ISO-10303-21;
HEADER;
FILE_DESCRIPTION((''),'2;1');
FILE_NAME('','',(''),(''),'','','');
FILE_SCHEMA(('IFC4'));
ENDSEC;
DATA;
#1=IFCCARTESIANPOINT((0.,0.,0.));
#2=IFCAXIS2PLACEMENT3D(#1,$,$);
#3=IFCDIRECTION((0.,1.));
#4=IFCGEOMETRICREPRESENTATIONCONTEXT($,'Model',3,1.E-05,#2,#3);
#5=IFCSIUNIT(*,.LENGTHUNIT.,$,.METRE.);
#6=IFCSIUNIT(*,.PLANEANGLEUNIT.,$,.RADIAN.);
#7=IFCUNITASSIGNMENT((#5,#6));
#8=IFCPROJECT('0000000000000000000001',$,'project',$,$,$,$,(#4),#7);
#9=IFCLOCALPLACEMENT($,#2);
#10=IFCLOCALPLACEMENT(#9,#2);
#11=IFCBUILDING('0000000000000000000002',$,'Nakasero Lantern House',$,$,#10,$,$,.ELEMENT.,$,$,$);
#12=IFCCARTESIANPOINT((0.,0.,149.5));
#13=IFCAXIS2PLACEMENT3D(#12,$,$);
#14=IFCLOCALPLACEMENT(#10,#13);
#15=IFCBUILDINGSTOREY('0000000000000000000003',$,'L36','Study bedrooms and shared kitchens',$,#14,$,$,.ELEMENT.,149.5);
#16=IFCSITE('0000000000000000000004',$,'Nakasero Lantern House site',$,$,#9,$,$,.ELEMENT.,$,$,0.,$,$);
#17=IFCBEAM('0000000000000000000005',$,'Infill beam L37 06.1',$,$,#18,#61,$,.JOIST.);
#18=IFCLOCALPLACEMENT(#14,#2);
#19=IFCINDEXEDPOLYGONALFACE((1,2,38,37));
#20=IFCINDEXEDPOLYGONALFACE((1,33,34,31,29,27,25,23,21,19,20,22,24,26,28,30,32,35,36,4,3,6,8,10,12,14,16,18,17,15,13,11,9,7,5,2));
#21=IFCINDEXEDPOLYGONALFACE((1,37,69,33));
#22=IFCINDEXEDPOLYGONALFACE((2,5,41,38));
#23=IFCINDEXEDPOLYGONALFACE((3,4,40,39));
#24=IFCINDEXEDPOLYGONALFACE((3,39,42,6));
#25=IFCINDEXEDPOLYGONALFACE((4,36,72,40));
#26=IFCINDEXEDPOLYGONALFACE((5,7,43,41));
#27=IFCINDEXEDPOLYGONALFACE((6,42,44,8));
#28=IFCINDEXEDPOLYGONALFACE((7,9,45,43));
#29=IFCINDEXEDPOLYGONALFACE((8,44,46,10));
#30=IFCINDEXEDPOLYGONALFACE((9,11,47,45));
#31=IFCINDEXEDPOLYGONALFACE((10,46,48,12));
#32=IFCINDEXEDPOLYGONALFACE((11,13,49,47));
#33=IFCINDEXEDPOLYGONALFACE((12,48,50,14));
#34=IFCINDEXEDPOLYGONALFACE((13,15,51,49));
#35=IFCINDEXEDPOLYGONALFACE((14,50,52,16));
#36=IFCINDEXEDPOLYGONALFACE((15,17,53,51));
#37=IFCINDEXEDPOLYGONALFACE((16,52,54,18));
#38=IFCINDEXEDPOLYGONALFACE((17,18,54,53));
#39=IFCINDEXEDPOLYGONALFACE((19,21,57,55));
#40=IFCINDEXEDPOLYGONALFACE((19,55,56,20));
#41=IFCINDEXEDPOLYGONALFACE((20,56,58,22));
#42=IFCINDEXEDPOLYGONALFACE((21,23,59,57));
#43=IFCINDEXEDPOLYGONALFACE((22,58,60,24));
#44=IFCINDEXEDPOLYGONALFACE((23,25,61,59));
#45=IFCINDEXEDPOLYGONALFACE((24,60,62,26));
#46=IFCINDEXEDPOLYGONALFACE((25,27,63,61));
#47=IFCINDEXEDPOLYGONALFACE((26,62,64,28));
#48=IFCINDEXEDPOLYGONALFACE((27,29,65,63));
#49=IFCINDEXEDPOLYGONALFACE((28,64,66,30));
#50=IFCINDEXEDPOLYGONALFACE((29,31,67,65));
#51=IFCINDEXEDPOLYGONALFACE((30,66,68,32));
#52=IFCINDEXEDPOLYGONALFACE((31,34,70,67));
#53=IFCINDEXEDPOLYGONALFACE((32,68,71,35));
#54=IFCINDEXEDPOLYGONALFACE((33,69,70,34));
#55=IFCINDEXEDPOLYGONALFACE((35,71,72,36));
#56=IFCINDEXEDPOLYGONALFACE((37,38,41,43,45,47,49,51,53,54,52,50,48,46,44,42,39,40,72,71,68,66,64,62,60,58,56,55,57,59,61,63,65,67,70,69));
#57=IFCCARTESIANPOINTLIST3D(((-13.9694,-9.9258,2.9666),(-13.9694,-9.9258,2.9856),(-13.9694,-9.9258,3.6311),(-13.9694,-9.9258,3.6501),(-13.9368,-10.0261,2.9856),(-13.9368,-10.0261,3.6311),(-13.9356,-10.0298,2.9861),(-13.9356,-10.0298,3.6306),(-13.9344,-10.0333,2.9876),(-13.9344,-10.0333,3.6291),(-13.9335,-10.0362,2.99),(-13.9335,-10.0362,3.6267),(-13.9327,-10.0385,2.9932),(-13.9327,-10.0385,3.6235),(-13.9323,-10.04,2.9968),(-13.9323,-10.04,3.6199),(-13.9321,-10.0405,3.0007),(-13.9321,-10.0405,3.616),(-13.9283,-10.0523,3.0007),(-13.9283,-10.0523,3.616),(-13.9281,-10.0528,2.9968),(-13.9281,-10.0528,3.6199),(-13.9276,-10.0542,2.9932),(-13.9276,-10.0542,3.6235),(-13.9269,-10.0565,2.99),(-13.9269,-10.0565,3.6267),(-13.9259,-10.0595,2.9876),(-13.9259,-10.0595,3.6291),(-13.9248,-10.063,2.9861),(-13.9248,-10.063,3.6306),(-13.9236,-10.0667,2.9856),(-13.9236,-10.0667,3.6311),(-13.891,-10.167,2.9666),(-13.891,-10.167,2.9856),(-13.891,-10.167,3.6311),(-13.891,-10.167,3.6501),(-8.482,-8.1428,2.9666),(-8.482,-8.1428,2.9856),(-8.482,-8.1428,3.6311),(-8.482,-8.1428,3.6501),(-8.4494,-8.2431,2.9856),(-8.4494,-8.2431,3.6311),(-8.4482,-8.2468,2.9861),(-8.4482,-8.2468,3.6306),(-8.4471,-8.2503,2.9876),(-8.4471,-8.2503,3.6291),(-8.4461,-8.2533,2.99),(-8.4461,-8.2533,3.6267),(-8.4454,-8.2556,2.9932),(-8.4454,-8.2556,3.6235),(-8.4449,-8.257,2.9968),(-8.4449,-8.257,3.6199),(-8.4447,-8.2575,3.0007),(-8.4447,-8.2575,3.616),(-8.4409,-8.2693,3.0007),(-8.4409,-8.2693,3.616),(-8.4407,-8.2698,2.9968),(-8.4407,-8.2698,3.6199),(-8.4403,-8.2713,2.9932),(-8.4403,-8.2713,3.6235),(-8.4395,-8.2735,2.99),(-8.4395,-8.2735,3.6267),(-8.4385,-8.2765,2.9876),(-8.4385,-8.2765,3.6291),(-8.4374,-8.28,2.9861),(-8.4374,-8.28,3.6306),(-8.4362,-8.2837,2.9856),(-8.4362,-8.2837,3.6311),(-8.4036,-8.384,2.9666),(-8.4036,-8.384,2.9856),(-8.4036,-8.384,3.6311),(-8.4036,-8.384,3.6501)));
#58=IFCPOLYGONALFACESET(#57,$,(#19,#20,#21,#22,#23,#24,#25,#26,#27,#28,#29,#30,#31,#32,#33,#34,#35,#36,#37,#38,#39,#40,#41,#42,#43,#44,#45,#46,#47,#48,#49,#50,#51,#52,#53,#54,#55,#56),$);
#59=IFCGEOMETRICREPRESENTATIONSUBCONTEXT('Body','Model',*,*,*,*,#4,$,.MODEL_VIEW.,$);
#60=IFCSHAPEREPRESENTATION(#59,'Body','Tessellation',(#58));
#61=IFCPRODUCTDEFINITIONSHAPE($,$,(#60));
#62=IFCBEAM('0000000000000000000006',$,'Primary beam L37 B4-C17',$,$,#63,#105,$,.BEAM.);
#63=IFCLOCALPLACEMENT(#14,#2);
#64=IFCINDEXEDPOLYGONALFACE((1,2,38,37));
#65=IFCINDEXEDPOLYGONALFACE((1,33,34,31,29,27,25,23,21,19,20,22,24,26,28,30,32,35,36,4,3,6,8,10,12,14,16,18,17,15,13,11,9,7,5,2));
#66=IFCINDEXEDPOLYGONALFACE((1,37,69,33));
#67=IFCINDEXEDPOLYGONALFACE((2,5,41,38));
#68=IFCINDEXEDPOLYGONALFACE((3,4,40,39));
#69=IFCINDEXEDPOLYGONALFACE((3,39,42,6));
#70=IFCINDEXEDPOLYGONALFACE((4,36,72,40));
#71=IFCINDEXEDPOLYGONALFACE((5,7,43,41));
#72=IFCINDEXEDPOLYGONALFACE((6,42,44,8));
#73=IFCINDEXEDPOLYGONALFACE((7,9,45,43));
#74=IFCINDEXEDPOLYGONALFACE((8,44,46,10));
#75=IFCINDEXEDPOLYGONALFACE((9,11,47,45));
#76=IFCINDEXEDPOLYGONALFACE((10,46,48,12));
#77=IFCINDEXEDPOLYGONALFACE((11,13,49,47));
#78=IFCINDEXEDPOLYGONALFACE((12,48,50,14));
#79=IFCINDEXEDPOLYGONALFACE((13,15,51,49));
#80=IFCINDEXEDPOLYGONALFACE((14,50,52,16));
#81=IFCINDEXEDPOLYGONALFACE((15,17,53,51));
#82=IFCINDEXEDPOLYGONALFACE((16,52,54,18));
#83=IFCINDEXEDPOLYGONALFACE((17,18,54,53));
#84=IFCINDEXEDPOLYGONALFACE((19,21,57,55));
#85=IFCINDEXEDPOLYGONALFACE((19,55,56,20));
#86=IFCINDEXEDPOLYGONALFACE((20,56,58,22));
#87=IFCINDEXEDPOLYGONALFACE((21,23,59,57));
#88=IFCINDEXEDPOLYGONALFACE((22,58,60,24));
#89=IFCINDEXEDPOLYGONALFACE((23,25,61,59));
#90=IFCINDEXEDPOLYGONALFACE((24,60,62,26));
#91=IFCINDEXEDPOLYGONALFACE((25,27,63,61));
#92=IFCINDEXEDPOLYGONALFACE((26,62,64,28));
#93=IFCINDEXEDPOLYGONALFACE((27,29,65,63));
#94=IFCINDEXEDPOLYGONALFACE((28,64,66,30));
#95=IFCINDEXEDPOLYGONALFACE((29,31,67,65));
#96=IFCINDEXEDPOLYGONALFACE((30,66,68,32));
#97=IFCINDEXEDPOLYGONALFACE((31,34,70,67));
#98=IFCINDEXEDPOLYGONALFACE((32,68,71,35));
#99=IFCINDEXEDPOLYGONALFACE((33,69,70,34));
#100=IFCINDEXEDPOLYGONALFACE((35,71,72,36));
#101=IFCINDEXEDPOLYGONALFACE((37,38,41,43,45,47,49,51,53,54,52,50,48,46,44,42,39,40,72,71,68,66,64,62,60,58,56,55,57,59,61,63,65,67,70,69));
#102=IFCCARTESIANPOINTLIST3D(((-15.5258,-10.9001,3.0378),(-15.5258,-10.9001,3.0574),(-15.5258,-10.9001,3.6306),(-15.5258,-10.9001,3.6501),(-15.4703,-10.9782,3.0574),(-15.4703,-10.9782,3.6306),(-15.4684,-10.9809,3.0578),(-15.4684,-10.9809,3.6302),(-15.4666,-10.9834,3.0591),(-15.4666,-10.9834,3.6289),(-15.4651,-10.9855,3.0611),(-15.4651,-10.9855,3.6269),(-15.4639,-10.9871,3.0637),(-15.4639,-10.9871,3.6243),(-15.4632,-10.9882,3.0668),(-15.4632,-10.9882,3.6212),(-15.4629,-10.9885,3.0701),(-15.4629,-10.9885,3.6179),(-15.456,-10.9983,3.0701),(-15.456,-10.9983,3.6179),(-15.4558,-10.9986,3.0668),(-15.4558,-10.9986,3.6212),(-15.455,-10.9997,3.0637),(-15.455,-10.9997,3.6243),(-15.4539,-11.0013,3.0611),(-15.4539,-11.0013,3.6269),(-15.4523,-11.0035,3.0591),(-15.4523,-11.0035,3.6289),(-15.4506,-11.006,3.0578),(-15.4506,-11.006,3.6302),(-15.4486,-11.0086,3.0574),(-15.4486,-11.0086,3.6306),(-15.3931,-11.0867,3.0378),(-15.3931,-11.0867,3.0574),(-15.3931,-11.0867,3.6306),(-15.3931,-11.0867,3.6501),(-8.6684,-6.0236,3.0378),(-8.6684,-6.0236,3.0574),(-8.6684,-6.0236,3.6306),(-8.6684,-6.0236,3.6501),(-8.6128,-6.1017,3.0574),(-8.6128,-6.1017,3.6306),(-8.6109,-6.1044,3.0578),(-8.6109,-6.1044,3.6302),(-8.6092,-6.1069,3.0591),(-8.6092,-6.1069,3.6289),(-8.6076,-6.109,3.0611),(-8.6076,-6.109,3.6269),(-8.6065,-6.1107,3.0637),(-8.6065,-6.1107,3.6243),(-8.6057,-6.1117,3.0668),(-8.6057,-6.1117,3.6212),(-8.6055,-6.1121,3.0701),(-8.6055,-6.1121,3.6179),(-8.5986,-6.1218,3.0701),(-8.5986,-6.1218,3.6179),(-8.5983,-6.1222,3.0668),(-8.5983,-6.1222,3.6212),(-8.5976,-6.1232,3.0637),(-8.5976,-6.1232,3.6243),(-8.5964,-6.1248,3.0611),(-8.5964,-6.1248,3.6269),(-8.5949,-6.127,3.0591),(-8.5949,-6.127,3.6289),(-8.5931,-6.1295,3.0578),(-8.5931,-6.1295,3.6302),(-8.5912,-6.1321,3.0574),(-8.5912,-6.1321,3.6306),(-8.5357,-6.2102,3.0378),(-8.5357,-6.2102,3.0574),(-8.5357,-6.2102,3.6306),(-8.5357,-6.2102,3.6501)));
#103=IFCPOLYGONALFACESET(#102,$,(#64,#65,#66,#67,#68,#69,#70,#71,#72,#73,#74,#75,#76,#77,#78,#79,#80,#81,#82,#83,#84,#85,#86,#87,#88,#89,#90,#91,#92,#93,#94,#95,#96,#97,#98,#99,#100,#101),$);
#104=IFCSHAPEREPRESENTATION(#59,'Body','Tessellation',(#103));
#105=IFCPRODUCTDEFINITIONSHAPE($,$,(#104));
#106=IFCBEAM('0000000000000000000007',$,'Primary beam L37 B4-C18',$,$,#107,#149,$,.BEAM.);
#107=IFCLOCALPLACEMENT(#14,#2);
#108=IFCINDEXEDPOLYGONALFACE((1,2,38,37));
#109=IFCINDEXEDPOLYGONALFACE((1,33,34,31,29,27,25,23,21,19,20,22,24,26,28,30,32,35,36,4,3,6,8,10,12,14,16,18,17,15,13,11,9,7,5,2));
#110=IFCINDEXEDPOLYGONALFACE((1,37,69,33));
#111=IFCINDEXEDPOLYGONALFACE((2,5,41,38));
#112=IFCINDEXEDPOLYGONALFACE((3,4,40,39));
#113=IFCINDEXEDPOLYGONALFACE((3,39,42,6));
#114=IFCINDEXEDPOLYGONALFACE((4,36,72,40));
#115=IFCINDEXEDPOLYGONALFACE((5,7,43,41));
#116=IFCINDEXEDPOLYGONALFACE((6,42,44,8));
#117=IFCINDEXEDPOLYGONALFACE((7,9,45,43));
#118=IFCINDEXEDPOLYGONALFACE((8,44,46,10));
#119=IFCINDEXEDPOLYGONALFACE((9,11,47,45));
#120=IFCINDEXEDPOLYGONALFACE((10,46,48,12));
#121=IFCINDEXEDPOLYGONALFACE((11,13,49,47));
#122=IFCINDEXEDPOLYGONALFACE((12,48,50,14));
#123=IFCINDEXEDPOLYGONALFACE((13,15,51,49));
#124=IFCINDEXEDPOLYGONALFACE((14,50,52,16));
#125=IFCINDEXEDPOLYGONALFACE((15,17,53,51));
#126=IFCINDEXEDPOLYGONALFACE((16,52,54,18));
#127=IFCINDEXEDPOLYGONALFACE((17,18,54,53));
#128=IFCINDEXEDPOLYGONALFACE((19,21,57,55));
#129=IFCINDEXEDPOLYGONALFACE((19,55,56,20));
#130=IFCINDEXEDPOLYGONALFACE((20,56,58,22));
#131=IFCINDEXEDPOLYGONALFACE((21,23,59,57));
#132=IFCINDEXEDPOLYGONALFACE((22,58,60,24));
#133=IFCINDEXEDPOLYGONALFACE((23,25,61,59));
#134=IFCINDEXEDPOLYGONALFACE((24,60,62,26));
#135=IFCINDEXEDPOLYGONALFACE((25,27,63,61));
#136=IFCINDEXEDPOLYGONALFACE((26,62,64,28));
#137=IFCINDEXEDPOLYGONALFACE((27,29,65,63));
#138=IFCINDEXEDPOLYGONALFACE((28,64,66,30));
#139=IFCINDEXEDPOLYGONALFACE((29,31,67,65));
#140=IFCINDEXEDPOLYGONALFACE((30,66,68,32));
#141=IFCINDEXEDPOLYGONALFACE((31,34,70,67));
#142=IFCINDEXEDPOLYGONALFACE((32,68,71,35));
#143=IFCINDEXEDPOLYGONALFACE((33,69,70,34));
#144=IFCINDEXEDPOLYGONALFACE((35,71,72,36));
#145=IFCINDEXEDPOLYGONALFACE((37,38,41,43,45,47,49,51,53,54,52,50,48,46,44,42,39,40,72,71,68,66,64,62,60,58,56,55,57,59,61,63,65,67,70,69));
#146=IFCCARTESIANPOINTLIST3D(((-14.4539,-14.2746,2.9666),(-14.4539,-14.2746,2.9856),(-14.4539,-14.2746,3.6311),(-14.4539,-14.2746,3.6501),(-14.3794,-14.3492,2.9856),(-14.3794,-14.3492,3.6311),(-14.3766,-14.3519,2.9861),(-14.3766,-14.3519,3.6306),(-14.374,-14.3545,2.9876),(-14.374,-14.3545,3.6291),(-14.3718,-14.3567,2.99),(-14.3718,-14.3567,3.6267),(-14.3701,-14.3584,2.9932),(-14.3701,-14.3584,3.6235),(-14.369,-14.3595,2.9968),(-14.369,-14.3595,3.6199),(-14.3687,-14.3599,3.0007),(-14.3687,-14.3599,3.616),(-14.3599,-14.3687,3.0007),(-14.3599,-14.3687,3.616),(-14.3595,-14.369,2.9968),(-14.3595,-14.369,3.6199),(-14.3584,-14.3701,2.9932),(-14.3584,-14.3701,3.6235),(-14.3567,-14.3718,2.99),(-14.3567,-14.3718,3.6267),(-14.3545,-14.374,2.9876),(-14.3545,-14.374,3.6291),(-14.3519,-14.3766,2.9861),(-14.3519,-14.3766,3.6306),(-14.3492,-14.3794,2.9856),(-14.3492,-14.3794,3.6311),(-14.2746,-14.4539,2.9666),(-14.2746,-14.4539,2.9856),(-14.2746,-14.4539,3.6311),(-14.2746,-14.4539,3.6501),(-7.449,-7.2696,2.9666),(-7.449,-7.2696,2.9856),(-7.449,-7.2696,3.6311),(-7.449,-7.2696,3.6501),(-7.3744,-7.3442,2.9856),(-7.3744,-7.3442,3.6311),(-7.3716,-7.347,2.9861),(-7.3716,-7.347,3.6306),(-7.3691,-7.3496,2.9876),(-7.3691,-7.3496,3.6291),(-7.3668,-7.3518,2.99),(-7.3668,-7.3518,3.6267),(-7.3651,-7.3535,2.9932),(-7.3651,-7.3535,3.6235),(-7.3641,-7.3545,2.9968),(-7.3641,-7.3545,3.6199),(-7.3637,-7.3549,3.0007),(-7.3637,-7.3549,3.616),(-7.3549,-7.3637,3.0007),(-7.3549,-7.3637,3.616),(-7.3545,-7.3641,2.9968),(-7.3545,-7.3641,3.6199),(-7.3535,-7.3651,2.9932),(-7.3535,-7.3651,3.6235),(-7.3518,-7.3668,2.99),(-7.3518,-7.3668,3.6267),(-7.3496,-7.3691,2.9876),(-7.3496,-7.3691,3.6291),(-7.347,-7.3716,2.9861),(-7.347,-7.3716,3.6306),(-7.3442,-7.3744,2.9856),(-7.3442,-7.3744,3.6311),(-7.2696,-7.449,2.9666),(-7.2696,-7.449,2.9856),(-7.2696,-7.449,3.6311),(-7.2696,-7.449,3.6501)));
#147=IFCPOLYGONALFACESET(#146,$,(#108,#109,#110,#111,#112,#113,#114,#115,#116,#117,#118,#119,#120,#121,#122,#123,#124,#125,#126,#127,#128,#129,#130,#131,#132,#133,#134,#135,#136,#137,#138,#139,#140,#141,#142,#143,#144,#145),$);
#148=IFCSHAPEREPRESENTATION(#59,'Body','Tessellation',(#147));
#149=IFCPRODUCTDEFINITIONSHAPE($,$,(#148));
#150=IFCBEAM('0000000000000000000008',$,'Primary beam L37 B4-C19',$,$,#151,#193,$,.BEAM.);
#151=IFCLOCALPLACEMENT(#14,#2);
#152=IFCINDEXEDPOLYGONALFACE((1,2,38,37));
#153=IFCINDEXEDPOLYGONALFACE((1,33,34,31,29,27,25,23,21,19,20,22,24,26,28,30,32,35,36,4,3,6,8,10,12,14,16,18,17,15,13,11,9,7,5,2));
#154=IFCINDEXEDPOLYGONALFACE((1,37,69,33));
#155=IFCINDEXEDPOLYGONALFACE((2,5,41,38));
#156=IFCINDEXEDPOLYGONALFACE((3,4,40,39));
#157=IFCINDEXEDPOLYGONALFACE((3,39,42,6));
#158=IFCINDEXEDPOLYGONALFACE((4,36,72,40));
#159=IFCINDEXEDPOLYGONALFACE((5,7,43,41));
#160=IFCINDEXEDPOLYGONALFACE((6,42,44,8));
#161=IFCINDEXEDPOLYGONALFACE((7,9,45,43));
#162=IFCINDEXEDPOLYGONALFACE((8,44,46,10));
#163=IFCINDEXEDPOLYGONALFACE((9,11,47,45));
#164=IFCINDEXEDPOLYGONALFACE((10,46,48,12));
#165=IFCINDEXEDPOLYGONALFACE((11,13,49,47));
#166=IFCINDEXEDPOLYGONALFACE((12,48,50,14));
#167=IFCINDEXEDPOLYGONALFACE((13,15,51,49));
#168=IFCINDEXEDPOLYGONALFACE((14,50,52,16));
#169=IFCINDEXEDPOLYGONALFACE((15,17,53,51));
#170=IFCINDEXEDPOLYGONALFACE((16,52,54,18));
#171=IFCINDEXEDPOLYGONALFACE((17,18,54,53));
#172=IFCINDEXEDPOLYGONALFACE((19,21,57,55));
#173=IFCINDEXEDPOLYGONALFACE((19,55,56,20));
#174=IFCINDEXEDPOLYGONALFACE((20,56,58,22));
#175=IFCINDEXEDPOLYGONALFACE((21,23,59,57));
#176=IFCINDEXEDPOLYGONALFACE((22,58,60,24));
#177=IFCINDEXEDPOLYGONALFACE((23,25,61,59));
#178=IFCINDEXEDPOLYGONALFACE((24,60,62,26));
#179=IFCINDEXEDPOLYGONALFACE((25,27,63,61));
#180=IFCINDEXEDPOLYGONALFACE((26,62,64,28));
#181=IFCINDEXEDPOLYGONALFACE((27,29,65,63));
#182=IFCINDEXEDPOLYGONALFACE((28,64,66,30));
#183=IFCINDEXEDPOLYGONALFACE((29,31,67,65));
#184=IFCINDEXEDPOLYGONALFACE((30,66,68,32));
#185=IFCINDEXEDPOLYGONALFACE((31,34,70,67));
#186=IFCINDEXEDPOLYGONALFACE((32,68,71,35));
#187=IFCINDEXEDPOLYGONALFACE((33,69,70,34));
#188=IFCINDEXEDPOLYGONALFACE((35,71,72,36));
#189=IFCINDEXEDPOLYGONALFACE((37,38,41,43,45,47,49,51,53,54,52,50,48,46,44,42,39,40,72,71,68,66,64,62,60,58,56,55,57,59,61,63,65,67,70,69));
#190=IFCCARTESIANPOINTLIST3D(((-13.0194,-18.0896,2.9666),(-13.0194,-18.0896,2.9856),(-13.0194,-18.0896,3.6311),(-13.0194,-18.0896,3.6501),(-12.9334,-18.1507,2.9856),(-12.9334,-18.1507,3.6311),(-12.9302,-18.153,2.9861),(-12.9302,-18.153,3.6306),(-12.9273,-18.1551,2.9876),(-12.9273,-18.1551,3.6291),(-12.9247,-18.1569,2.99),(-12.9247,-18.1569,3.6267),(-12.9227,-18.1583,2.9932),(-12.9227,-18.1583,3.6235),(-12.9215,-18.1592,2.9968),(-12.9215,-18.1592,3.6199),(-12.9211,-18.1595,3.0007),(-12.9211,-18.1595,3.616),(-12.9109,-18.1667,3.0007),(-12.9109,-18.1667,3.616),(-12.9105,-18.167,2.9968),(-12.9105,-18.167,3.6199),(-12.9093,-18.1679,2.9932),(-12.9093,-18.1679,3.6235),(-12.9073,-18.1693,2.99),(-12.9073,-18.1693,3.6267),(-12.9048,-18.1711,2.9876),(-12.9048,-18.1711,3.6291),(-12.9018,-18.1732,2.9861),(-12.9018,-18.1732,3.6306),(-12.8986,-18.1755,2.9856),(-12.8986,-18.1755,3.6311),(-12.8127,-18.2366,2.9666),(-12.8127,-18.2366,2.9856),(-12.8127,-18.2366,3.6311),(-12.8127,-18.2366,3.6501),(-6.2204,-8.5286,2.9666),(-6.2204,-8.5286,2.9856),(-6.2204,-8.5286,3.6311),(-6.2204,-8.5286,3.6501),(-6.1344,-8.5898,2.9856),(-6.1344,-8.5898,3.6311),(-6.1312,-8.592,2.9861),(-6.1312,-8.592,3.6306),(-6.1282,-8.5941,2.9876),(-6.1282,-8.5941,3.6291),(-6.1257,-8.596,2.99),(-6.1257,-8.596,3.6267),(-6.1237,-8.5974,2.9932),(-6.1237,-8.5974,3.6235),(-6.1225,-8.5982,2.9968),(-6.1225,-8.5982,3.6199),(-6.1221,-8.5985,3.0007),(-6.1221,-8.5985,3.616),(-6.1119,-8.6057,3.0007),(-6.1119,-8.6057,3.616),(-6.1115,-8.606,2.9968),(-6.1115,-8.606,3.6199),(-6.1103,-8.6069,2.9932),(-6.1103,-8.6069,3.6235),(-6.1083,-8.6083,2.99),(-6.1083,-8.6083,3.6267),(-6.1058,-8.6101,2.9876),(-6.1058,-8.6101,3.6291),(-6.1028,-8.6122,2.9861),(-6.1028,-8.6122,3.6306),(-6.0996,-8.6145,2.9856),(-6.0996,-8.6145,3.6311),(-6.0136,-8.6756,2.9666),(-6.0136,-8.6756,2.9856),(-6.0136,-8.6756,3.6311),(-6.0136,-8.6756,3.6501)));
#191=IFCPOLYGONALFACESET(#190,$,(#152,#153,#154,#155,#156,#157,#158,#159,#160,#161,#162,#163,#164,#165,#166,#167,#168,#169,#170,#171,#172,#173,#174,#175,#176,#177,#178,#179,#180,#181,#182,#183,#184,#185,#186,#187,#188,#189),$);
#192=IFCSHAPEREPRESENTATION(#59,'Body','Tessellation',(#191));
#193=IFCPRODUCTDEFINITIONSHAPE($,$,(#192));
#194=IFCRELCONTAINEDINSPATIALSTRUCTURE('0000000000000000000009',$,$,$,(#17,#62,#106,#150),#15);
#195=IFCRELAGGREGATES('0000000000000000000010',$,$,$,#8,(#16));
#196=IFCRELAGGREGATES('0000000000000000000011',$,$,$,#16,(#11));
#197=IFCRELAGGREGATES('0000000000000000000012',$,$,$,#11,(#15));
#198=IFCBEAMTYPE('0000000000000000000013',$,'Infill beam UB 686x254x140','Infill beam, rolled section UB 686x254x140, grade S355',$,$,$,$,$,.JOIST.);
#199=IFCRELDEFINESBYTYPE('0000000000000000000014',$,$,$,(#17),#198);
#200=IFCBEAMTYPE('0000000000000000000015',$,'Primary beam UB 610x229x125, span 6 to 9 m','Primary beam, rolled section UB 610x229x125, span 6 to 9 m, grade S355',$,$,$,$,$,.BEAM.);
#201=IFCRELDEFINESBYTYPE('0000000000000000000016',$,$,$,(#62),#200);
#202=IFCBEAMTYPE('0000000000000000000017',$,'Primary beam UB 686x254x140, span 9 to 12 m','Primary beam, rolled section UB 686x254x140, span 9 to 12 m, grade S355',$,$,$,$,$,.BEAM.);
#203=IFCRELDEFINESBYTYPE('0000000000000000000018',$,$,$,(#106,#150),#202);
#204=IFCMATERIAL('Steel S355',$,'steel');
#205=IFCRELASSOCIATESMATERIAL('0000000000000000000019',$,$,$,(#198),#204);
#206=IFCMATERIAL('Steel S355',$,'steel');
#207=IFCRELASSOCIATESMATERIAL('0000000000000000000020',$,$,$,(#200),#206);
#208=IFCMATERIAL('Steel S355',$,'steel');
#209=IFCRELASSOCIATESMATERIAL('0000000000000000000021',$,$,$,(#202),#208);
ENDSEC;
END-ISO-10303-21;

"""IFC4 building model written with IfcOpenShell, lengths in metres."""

from ifc_helpers import new_model, si_unit, direction, frame, origin, origin_2d, place, context, subcontext, project, spatial, i_section, extrude, material, material_profile, profile_set, type_object, element, save


model = new_model("IFC4")

# Units and contexts
model_context = context("Model", 3, precision=1e-05, world=origin(), true_north=direction((0.0, 1.0)))
body_context = subcontext(model_context, "Body", "Model", "MODEL_VIEW")
ifc_project = project(units=[si_unit("LENGTHUNIT", "METRE"), si_unit("PLANEANGLEUNIT", "RADIAN")], contexts=[model_context])

# Site, building, storey
site_placement = place(None, origin())
site = spatial("IfcSite", under=ifc_project, at=site_placement, Name="Nakasero Lantern House site", CompositionType="ELEMENT", RefElevation=0.0)
building_placement = place(site_placement, origin())
building = spatial("IfcBuilding", under=site, at=building_placement, Name="Nakasero Lantern House", CompositionType="ELEMENT")
storey_placement = place(building_placement, frame((0.0, 0.0, 149.5)))
storey = spatial("IfcBuildingStorey", under=building, at=storey_placement, Name="L36", Description="Study bedrooms and shared kitchens", CompositionType="ELEMENT", Elevation=149.5)

# Beams
ifc_material_1 = material(Name="Steel S355", Category="steel")
ifc_material_profile_1 = material_profile(ifc_material_1, i_section(OverallWidth=0.2537, OverallDepth=0.6836, WebThickness=0.0125, FlangeThickness=0.019, FilletRadius=0.0151, at=origin_2d()), Name="UB 686x254x140")
ifc_profile_set_1 = profile_set([ifc_material_profile_1], Name="Steel S355")
beam_type_1 = type_object("IfcBeamType", Name="Infill beam UB 686x254x140", Description="Infill beam, rolled section UB 686x254x140, grade S355", PredefinedType="JOIST", material=ifc_profile_set_1)
beam_1_placement = place(storey_placement, frame((-13.9302, -10.0464, 3.3083), z_axis=(0.951055, 0.309021, 0.0), x_axis=(-0.309021, 0.951055, 0.0)))
element("IfcBeam", 1, at=beam_1_placement, inside=storey, type_object=beam_type_1, Name="Infill beam L37 06.1", PredefinedType="JOIST", context=body_context, shape_type="SweptSolid", body=[
    extrude(i_section(OverallWidth=0.2537, OverallDepth=0.6836, WebThickness=0.0125, FlangeThickness=0.019, FilletRadius=0.0151, at=origin_2d()), origin(), (0.0, 0.0, 1.0), 5.7698),
])
ifc_material_2 = material(Name="Steel S355", Category="steel")
ifc_material_profile_2 = material_profile(ifc_material_2, i_section(OverallWidth=0.229, OverallDepth=0.6123, WebThickness=0.012, FlangeThickness=0.0195, FilletRadius=0.0127, at=origin_2d()), Name="UB 610x229x125")
ifc_profile_set_2 = profile_set([ifc_material_profile_2], Name="Steel S355")
beam_type_2 = type_object("IfcBeamType", Name="Primary beam UB 610x229x125, span 6 to 9 m", Description="Primary beam, rolled section UB 610x229x125, span 6 to 9 m, grade S355", PredefinedType="BEAM", material=ifc_profile_set_2)
beam_2_placement = place(storey_placement, frame((-15.4595, -10.9934, 3.344), z_axis=(0.814951, 0.57953, 0.0), x_axis=(-0.57953, 0.814951, 0.0)))
element("IfcBeam", 2, at=beam_2_placement, inside=storey, type_object=beam_type_2, Name="Primary beam L37 B4-C17", PredefinedType="BEAM", context=body_context, shape_type="SweptSolid", body=[
    extrude(i_section(OverallWidth=0.229, OverallDepth=0.6123, WebThickness=0.012, FlangeThickness=0.0195, FilletRadius=0.0127, at=origin_2d()), origin(), (0.0, 0.0, 1.0), 8.4146),
])
ifc_material_3 = material(Name="Steel S355", Category="steel")
ifc_material_profile_3 = material_profile(ifc_material_3, i_section(OverallWidth=0.2537, OverallDepth=0.6836, WebThickness=0.0125, FlangeThickness=0.019, FilletRadius=0.0151, at=origin_2d()), Name="UB 686x254x140")
ifc_profile_set_3 = profile_set([ifc_material_profile_3], Name="Steel S355")
beam_type_3 = type_object("IfcBeamType", Name="Primary beam UB 686x254x140, span 9 to 12 m", Description="Primary beam, rolled section UB 686x254x140, span 9 to 12 m, grade S355", PredefinedType="BEAM", material=ifc_profile_set_3)
beam_3_placement = place(storey_placement, frame((-14.3643, -14.3643, 3.3083), z_axis=(0.707107, 0.707107, 0.0), x_axis=(-0.707107, 0.707107, 0.0)))
element("IfcBeam", 3, at=beam_3_placement, inside=storey, type_object=beam_type_3, Name="Primary beam L37 B4-C18", PredefinedType="BEAM", context=body_context, shape_type="SweptSolid", body=[
    extrude(i_section(OverallWidth=0.2537, OverallDepth=0.6836, WebThickness=0.0125, FlangeThickness=0.019, FilletRadius=0.0151, at=origin_2d()), origin(), (0.0, 0.0, 1.0), 9.9065),
])
beam_4_placement = place(storey_placement, frame((-12.916, -18.1631, 3.3083), z_axis=(0.57953, 0.814951, 0.0), x_axis=(-0.814951, 0.57953, 0.0)))
element("IfcBeam", 4, at=beam_4_placement, inside=storey, type_object=beam_type_3, Name="Primary beam L37 B4-C19", PredefinedType="BEAM", context=body_context, shape_type="SweptSolid", body=[
    extrude(i_section(OverallWidth=0.2537, OverallDepth=0.6836, WebThickness=0.0125, FlangeThickness=0.019, FilletRadius=0.0151, at=origin_2d()), origin(), (0.0, 0.0, 1.0), 11.7319),
])

save(model, "model.ifc")
